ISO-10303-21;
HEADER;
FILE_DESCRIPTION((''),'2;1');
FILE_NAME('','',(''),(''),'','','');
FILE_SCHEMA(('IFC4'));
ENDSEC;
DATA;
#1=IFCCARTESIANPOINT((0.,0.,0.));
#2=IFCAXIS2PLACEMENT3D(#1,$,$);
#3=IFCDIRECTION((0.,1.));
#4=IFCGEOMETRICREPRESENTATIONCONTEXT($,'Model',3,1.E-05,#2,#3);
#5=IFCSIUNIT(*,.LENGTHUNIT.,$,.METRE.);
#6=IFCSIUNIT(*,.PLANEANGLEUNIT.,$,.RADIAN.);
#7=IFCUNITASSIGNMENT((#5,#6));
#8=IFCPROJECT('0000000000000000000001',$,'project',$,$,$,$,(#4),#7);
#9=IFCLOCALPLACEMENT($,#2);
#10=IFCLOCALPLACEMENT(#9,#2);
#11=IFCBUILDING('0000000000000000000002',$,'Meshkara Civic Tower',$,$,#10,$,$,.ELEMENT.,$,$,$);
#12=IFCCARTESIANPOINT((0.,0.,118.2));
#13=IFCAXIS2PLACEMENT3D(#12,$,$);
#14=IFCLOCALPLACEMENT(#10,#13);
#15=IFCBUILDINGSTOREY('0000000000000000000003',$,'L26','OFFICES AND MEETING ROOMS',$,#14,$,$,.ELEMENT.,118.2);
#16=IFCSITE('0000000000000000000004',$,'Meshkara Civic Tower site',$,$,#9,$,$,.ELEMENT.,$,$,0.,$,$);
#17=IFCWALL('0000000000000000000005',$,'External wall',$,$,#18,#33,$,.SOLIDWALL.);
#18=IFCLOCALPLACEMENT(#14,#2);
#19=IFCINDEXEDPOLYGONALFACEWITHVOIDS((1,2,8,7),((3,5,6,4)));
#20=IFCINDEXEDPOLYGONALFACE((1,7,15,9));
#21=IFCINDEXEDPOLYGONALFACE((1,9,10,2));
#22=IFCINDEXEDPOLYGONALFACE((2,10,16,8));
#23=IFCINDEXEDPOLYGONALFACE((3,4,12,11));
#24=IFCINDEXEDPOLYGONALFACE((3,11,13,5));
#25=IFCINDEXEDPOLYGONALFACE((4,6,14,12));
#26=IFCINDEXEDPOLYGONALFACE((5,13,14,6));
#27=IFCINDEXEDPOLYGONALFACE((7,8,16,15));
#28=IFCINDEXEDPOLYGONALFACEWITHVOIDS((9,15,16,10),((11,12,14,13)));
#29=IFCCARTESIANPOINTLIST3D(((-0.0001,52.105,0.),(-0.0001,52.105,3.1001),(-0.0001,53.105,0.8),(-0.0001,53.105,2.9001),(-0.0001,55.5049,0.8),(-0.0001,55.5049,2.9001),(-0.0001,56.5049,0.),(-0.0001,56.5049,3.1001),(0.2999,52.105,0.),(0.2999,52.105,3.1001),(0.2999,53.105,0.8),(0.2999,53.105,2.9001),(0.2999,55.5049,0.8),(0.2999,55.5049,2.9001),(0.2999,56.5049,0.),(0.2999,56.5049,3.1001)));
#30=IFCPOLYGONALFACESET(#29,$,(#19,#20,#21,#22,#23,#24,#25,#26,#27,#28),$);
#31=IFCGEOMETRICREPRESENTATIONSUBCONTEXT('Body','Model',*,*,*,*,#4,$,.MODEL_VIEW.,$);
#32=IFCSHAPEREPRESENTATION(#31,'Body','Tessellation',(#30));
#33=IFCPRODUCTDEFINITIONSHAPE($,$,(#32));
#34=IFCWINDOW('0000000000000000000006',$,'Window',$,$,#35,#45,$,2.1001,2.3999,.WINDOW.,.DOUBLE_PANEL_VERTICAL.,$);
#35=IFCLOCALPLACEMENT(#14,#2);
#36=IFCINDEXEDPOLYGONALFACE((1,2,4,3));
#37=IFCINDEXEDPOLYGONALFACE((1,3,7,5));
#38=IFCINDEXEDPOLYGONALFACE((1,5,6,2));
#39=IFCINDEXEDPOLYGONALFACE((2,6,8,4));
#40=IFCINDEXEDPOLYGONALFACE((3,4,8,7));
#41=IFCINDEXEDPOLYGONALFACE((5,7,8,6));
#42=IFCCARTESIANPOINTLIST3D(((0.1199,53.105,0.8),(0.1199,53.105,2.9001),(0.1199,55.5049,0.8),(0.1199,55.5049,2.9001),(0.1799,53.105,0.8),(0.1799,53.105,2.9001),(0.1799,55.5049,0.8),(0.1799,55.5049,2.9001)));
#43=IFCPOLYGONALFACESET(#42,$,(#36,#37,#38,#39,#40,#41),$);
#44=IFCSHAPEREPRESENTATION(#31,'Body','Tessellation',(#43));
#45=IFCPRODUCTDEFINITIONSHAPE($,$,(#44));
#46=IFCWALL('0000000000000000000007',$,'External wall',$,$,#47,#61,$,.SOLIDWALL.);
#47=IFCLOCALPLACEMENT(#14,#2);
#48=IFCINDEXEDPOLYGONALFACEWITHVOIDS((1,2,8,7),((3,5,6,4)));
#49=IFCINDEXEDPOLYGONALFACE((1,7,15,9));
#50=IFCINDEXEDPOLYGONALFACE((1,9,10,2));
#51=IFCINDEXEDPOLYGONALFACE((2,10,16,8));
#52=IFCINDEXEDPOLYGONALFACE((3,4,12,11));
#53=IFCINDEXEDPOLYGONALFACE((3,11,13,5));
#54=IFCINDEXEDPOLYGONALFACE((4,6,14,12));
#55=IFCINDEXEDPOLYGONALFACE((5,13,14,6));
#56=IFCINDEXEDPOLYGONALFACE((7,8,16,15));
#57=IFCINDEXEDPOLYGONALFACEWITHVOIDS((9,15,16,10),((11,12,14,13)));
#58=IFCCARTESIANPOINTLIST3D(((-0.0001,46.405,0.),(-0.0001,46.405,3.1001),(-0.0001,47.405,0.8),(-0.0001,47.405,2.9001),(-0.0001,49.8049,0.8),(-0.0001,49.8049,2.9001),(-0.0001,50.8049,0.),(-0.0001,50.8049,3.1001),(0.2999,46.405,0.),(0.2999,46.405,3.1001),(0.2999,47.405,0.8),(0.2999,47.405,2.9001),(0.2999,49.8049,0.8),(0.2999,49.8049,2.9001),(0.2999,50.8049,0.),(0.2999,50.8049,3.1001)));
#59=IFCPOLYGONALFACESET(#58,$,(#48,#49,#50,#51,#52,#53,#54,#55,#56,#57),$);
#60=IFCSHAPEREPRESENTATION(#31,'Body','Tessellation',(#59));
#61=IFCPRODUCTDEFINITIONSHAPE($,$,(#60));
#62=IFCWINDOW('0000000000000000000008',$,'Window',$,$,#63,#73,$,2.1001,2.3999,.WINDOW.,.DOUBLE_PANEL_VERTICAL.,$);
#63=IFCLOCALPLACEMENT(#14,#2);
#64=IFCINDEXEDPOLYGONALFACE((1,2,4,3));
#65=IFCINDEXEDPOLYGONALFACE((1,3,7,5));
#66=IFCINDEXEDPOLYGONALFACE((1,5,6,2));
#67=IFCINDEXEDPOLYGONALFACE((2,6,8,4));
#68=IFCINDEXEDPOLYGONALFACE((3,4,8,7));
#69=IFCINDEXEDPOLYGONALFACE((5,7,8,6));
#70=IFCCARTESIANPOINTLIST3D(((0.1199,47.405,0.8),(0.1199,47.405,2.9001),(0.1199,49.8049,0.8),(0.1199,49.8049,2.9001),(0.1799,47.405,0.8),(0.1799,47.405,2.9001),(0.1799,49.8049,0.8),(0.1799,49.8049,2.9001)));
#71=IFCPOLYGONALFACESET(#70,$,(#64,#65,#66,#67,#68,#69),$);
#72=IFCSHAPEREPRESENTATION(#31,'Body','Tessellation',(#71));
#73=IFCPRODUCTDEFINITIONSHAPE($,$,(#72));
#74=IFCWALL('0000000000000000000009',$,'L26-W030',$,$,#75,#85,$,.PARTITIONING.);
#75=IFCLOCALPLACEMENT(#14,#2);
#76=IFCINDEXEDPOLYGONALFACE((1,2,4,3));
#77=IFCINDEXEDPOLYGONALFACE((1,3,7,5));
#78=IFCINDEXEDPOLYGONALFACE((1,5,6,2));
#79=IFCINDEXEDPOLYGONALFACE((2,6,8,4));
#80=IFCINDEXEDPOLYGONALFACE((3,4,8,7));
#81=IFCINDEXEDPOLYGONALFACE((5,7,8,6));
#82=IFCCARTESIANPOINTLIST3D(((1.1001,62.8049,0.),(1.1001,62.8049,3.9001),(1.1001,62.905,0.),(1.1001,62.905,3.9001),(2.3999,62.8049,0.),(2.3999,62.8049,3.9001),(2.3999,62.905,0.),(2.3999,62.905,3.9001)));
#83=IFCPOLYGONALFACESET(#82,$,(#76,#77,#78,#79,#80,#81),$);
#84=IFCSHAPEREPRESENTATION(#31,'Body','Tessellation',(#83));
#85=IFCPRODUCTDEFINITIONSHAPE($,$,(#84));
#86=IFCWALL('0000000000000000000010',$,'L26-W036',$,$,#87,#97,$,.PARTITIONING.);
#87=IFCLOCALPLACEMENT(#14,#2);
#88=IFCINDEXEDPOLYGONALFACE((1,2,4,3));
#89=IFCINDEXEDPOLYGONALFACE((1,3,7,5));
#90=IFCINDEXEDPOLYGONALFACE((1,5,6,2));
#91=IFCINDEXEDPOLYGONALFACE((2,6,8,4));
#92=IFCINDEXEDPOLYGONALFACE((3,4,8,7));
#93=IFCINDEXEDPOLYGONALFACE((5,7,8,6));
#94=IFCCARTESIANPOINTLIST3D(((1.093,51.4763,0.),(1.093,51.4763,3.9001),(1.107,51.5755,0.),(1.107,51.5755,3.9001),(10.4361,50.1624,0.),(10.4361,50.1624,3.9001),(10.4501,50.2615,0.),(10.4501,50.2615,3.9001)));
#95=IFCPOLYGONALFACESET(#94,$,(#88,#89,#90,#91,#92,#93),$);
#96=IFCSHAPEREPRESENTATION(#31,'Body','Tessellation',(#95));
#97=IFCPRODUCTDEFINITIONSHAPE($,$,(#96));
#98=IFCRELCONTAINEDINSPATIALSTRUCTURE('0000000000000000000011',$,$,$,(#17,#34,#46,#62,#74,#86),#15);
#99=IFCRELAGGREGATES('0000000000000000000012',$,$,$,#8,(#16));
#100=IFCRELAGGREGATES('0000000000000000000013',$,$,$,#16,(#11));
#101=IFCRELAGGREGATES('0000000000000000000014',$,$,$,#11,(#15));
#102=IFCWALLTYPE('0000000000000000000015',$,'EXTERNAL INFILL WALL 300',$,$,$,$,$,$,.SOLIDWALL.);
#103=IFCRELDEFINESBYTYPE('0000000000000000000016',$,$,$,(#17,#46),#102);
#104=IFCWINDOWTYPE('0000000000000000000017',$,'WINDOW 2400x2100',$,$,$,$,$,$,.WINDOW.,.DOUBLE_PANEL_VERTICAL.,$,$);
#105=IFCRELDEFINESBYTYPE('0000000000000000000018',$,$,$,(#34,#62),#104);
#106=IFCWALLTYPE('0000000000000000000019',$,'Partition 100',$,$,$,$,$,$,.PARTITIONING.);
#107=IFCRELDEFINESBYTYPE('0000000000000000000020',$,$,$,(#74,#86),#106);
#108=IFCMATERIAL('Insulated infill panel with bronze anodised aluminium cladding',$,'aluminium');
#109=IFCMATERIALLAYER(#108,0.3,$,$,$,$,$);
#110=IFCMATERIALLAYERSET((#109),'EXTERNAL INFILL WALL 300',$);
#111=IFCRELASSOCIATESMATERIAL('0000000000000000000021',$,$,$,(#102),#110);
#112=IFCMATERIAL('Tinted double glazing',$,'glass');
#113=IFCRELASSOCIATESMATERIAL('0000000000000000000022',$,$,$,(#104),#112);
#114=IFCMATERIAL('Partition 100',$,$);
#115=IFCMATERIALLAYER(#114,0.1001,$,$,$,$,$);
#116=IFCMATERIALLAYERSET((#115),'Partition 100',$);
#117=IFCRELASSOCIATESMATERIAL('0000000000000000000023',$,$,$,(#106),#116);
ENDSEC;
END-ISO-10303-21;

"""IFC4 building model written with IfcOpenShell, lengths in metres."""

from ifc_helpers import new_model, si_unit, direction, frame, frame_2d, origin, place, context, subcontext, project, spatial, rectangle, extrude, material, layer, layer_set, type_object, element, fill, save


model = new_model("IFC4")

# Units and contexts
model_context = context("Model", 3, precision=1e-05, world=origin(), true_north=direction((0.0, 1.0)))
body_context = subcontext(model_context, "Body", "Model", "MODEL_VIEW")
ifc_project = project(units=[si_unit("LENGTHUNIT", "METRE"), si_unit("PLANEANGLEUNIT", "RADIAN")], contexts=[model_context])

# Site, building, storey
site_placement = place(None, origin())
site = spatial("IfcSite", under=ifc_project, at=site_placement, Name="Meshkara Civic Tower site", CompositionType="ELEMENT", RefElevation=0.0)
building_placement = place(site_placement, origin())
building = spatial("IfcBuilding", under=site, at=building_placement, Name="Meshkara Civic Tower", CompositionType="ELEMENT")
storey_placement = place(building_placement, frame((0.0, 0.0, 118.2)))
storey = spatial("IfcBuildingStorey", under=building, at=storey_placement, Name="L26", Description="OFFICES AND MEETING ROOMS", CompositionType="ELEMENT", Elevation=118.2)

# Walls, openings, windows
ifc_material_1 = material(Name="Insulated infill panel with bronze anodised aluminium cladding", Category="aluminium")
ifc_layer_1 = layer(ifc_material_1, 0.3)
ifc_layer_set_1 = layer_set([ifc_layer_1], Name="EXTERNAL INFILL WALL 300")
wall_type_1 = type_object("IfcWallType", Name="EXTERNAL INFILL WALL 300", PredefinedType="SOLIDWALL", material=ifc_layer_set_1)
ifc_material_2 = material(Name="Tinted double glazing", Category="glass")
window_type = type_object("IfcWindowType", Name="WINDOW 2400x2100", PartitioningType="DOUBLE_PANEL_VERTICAL", PredefinedType="WINDOW", material=ifc_material_2)
wall_1_placement = place(storey_placement, frame((0.1499, 56.5049, 0.0), z_axis=(0.0, 0.0, 1.0), x_axis=(0.0, -1.0, 0.0)))
wall_1 = element("IfcWall", 1, at=wall_1_placement, inside=storey, type_object=wall_type_1, Name="External wall", PredefinedType="SOLIDWALL", context=body_context, shape_type="SweptSolid", body=[
    extrude(rectangle(XDim=4.3999, YDim=0.3, at=frame_2d((2.2, 0.0))), origin(), (0.0, 0.0, 1.0), 3.1001),
])
opening_1_placement = place(wall_1_placement, frame((1.0, 0.0, 0.8)))
opening_1 = element("IfcOpeningElement", 2, at=opening_1_placement, cuts=wall_1, PredefinedType="OPENING", context=body_context, shape_type="SweptSolid", body=[
    extrude(rectangle(XDim=2.3999, YDim=2.1001, at=frame_2d((1.2, 1.05))), frame((0.0, 0.1599, 0.0), z_axis=(0.0, -1.0, 0.0), x_axis=(1.0, 0.0, 0.0)), (0.0, 0.0, 1.0), 0.3201),
])
window_1_placement = place(opening_1_placement, origin())
window_1 = element("IfcWindow", 3, at=window_1_placement, inside=storey, type_object=window_type, Name="Window", OverallHeight=2.1001, OverallWidth=2.3999, PartitioningType="DOUBLE_PANEL_VERTICAL", PredefinedType="WINDOW", context=body_context, shape_type="SweptSolid", body=[
    extrude(rectangle(XDim=2.3999, YDim=2.1001, at=frame_2d((1.2, 1.05))), frame((0.0, 0.03, 0.0), z_axis=(0.0, -1.0, 0.0), x_axis=(1.0, 0.0, 0.0)), (0.0, 0.0, 1.0), 0.0601),
])
fill(opening_1, window_1)
wall_2_placement = place(storey_placement, frame((0.1499, 50.8049, 0.0), z_axis=(0.0, 0.0, 1.0), x_axis=(0.0, -1.0, 0.0)))
wall_2 = element("IfcWall", 4, at=wall_2_placement, inside=storey, type_object=wall_type_1, Name="External wall", PredefinedType="SOLIDWALL", context=body_context, shape_type="SweptSolid", body=[
    extrude(rectangle(XDim=4.3999, YDim=0.3, at=frame_2d((2.2, 0.0))), origin(), (0.0, 0.0, 1.0), 3.1001),
])
opening_2_placement = place(wall_2_placement, frame((1.0, 0.0, 0.8)))
opening_2 = element("IfcOpeningElement", 5, at=opening_2_placement, cuts=wall_2, PredefinedType="OPENING", context=body_context, shape_type="SweptSolid", body=[
    extrude(rectangle(XDim=2.3999, YDim=2.1001, at=frame_2d((1.2, 1.05))), frame((0.0, 0.1599, 0.0), z_axis=(0.0, -1.0, 0.0), x_axis=(1.0, 0.0, 0.0)), (0.0, 0.0, 1.0), 0.3201),
])
window_2_placement = place(opening_2_placement, origin())
window_2 = element("IfcWindow", 6, at=window_2_placement, inside=storey, type_object=window_type, Name="Window", OverallHeight=2.1001, OverallWidth=2.3999, PartitioningType="DOUBLE_PANEL_VERTICAL", PredefinedType="WINDOW", context=body_context, shape_type="SweptSolid", body=[
    extrude(rectangle(XDim=2.3999, YDim=2.1001, at=frame_2d((1.2, 1.05))), frame((0.0, 0.03, 0.0), z_axis=(0.0, -1.0, 0.0), x_axis=(1.0, 0.0, 0.0)), (0.0, 0.0, 1.0), 0.0601),
])
fill(opening_2, window_2)

# Walls
ifc_material_3 = material(Name="Partition 100")
ifc_layer_2 = layer(ifc_material_3, 0.1001)
ifc_layer_set_2 = layer_set([ifc_layer_2], Name="Partition 100")
wall_type_2 = type_object("IfcWallType", Name="Partition 100", PredefinedType="PARTITIONING", material=ifc_layer_set_2)
wall_3_placement = place(storey_placement, frame((2.3999, 62.855, 0.0), z_axis=(0.0, 0.0, 1.0), x_axis=(-1.0, 0.0, 0.0)))
element("IfcWall", 7, at=wall_3_placement, inside=storey, type_object=wall_type_2, Name="L26-W030", PredefinedType="PARTITIONING", context=body_context, shape_type="SweptSolid", body=[
    extrude(rectangle(XDim=1.2998, YDim=0.1001, at=frame_2d((0.6499, 0.0))), origin(), (0.0, 0.0, 1.0), 3.9001),
])
wall_4_placement = place(storey_placement, frame((10.4431, 50.2119, 0.0), z_axis=(0.0, 0.0, 1.0), x_axis=(-0.990255, 0.139266, 0.0)))
element("IfcWall", 8, at=wall_4_placement, inside=storey, type_object=wall_type_2, Name="L26-W036", PredefinedType="PARTITIONING", context=body_context, shape_type="SweptSolid", body=[
    extrude(rectangle(XDim=9.4351, YDim=0.1001, at=frame_2d((4.7175, 0.0))), origin(), (0.0, 0.0, 1.0), 3.9001),
])

save(model, "model.ifc")
